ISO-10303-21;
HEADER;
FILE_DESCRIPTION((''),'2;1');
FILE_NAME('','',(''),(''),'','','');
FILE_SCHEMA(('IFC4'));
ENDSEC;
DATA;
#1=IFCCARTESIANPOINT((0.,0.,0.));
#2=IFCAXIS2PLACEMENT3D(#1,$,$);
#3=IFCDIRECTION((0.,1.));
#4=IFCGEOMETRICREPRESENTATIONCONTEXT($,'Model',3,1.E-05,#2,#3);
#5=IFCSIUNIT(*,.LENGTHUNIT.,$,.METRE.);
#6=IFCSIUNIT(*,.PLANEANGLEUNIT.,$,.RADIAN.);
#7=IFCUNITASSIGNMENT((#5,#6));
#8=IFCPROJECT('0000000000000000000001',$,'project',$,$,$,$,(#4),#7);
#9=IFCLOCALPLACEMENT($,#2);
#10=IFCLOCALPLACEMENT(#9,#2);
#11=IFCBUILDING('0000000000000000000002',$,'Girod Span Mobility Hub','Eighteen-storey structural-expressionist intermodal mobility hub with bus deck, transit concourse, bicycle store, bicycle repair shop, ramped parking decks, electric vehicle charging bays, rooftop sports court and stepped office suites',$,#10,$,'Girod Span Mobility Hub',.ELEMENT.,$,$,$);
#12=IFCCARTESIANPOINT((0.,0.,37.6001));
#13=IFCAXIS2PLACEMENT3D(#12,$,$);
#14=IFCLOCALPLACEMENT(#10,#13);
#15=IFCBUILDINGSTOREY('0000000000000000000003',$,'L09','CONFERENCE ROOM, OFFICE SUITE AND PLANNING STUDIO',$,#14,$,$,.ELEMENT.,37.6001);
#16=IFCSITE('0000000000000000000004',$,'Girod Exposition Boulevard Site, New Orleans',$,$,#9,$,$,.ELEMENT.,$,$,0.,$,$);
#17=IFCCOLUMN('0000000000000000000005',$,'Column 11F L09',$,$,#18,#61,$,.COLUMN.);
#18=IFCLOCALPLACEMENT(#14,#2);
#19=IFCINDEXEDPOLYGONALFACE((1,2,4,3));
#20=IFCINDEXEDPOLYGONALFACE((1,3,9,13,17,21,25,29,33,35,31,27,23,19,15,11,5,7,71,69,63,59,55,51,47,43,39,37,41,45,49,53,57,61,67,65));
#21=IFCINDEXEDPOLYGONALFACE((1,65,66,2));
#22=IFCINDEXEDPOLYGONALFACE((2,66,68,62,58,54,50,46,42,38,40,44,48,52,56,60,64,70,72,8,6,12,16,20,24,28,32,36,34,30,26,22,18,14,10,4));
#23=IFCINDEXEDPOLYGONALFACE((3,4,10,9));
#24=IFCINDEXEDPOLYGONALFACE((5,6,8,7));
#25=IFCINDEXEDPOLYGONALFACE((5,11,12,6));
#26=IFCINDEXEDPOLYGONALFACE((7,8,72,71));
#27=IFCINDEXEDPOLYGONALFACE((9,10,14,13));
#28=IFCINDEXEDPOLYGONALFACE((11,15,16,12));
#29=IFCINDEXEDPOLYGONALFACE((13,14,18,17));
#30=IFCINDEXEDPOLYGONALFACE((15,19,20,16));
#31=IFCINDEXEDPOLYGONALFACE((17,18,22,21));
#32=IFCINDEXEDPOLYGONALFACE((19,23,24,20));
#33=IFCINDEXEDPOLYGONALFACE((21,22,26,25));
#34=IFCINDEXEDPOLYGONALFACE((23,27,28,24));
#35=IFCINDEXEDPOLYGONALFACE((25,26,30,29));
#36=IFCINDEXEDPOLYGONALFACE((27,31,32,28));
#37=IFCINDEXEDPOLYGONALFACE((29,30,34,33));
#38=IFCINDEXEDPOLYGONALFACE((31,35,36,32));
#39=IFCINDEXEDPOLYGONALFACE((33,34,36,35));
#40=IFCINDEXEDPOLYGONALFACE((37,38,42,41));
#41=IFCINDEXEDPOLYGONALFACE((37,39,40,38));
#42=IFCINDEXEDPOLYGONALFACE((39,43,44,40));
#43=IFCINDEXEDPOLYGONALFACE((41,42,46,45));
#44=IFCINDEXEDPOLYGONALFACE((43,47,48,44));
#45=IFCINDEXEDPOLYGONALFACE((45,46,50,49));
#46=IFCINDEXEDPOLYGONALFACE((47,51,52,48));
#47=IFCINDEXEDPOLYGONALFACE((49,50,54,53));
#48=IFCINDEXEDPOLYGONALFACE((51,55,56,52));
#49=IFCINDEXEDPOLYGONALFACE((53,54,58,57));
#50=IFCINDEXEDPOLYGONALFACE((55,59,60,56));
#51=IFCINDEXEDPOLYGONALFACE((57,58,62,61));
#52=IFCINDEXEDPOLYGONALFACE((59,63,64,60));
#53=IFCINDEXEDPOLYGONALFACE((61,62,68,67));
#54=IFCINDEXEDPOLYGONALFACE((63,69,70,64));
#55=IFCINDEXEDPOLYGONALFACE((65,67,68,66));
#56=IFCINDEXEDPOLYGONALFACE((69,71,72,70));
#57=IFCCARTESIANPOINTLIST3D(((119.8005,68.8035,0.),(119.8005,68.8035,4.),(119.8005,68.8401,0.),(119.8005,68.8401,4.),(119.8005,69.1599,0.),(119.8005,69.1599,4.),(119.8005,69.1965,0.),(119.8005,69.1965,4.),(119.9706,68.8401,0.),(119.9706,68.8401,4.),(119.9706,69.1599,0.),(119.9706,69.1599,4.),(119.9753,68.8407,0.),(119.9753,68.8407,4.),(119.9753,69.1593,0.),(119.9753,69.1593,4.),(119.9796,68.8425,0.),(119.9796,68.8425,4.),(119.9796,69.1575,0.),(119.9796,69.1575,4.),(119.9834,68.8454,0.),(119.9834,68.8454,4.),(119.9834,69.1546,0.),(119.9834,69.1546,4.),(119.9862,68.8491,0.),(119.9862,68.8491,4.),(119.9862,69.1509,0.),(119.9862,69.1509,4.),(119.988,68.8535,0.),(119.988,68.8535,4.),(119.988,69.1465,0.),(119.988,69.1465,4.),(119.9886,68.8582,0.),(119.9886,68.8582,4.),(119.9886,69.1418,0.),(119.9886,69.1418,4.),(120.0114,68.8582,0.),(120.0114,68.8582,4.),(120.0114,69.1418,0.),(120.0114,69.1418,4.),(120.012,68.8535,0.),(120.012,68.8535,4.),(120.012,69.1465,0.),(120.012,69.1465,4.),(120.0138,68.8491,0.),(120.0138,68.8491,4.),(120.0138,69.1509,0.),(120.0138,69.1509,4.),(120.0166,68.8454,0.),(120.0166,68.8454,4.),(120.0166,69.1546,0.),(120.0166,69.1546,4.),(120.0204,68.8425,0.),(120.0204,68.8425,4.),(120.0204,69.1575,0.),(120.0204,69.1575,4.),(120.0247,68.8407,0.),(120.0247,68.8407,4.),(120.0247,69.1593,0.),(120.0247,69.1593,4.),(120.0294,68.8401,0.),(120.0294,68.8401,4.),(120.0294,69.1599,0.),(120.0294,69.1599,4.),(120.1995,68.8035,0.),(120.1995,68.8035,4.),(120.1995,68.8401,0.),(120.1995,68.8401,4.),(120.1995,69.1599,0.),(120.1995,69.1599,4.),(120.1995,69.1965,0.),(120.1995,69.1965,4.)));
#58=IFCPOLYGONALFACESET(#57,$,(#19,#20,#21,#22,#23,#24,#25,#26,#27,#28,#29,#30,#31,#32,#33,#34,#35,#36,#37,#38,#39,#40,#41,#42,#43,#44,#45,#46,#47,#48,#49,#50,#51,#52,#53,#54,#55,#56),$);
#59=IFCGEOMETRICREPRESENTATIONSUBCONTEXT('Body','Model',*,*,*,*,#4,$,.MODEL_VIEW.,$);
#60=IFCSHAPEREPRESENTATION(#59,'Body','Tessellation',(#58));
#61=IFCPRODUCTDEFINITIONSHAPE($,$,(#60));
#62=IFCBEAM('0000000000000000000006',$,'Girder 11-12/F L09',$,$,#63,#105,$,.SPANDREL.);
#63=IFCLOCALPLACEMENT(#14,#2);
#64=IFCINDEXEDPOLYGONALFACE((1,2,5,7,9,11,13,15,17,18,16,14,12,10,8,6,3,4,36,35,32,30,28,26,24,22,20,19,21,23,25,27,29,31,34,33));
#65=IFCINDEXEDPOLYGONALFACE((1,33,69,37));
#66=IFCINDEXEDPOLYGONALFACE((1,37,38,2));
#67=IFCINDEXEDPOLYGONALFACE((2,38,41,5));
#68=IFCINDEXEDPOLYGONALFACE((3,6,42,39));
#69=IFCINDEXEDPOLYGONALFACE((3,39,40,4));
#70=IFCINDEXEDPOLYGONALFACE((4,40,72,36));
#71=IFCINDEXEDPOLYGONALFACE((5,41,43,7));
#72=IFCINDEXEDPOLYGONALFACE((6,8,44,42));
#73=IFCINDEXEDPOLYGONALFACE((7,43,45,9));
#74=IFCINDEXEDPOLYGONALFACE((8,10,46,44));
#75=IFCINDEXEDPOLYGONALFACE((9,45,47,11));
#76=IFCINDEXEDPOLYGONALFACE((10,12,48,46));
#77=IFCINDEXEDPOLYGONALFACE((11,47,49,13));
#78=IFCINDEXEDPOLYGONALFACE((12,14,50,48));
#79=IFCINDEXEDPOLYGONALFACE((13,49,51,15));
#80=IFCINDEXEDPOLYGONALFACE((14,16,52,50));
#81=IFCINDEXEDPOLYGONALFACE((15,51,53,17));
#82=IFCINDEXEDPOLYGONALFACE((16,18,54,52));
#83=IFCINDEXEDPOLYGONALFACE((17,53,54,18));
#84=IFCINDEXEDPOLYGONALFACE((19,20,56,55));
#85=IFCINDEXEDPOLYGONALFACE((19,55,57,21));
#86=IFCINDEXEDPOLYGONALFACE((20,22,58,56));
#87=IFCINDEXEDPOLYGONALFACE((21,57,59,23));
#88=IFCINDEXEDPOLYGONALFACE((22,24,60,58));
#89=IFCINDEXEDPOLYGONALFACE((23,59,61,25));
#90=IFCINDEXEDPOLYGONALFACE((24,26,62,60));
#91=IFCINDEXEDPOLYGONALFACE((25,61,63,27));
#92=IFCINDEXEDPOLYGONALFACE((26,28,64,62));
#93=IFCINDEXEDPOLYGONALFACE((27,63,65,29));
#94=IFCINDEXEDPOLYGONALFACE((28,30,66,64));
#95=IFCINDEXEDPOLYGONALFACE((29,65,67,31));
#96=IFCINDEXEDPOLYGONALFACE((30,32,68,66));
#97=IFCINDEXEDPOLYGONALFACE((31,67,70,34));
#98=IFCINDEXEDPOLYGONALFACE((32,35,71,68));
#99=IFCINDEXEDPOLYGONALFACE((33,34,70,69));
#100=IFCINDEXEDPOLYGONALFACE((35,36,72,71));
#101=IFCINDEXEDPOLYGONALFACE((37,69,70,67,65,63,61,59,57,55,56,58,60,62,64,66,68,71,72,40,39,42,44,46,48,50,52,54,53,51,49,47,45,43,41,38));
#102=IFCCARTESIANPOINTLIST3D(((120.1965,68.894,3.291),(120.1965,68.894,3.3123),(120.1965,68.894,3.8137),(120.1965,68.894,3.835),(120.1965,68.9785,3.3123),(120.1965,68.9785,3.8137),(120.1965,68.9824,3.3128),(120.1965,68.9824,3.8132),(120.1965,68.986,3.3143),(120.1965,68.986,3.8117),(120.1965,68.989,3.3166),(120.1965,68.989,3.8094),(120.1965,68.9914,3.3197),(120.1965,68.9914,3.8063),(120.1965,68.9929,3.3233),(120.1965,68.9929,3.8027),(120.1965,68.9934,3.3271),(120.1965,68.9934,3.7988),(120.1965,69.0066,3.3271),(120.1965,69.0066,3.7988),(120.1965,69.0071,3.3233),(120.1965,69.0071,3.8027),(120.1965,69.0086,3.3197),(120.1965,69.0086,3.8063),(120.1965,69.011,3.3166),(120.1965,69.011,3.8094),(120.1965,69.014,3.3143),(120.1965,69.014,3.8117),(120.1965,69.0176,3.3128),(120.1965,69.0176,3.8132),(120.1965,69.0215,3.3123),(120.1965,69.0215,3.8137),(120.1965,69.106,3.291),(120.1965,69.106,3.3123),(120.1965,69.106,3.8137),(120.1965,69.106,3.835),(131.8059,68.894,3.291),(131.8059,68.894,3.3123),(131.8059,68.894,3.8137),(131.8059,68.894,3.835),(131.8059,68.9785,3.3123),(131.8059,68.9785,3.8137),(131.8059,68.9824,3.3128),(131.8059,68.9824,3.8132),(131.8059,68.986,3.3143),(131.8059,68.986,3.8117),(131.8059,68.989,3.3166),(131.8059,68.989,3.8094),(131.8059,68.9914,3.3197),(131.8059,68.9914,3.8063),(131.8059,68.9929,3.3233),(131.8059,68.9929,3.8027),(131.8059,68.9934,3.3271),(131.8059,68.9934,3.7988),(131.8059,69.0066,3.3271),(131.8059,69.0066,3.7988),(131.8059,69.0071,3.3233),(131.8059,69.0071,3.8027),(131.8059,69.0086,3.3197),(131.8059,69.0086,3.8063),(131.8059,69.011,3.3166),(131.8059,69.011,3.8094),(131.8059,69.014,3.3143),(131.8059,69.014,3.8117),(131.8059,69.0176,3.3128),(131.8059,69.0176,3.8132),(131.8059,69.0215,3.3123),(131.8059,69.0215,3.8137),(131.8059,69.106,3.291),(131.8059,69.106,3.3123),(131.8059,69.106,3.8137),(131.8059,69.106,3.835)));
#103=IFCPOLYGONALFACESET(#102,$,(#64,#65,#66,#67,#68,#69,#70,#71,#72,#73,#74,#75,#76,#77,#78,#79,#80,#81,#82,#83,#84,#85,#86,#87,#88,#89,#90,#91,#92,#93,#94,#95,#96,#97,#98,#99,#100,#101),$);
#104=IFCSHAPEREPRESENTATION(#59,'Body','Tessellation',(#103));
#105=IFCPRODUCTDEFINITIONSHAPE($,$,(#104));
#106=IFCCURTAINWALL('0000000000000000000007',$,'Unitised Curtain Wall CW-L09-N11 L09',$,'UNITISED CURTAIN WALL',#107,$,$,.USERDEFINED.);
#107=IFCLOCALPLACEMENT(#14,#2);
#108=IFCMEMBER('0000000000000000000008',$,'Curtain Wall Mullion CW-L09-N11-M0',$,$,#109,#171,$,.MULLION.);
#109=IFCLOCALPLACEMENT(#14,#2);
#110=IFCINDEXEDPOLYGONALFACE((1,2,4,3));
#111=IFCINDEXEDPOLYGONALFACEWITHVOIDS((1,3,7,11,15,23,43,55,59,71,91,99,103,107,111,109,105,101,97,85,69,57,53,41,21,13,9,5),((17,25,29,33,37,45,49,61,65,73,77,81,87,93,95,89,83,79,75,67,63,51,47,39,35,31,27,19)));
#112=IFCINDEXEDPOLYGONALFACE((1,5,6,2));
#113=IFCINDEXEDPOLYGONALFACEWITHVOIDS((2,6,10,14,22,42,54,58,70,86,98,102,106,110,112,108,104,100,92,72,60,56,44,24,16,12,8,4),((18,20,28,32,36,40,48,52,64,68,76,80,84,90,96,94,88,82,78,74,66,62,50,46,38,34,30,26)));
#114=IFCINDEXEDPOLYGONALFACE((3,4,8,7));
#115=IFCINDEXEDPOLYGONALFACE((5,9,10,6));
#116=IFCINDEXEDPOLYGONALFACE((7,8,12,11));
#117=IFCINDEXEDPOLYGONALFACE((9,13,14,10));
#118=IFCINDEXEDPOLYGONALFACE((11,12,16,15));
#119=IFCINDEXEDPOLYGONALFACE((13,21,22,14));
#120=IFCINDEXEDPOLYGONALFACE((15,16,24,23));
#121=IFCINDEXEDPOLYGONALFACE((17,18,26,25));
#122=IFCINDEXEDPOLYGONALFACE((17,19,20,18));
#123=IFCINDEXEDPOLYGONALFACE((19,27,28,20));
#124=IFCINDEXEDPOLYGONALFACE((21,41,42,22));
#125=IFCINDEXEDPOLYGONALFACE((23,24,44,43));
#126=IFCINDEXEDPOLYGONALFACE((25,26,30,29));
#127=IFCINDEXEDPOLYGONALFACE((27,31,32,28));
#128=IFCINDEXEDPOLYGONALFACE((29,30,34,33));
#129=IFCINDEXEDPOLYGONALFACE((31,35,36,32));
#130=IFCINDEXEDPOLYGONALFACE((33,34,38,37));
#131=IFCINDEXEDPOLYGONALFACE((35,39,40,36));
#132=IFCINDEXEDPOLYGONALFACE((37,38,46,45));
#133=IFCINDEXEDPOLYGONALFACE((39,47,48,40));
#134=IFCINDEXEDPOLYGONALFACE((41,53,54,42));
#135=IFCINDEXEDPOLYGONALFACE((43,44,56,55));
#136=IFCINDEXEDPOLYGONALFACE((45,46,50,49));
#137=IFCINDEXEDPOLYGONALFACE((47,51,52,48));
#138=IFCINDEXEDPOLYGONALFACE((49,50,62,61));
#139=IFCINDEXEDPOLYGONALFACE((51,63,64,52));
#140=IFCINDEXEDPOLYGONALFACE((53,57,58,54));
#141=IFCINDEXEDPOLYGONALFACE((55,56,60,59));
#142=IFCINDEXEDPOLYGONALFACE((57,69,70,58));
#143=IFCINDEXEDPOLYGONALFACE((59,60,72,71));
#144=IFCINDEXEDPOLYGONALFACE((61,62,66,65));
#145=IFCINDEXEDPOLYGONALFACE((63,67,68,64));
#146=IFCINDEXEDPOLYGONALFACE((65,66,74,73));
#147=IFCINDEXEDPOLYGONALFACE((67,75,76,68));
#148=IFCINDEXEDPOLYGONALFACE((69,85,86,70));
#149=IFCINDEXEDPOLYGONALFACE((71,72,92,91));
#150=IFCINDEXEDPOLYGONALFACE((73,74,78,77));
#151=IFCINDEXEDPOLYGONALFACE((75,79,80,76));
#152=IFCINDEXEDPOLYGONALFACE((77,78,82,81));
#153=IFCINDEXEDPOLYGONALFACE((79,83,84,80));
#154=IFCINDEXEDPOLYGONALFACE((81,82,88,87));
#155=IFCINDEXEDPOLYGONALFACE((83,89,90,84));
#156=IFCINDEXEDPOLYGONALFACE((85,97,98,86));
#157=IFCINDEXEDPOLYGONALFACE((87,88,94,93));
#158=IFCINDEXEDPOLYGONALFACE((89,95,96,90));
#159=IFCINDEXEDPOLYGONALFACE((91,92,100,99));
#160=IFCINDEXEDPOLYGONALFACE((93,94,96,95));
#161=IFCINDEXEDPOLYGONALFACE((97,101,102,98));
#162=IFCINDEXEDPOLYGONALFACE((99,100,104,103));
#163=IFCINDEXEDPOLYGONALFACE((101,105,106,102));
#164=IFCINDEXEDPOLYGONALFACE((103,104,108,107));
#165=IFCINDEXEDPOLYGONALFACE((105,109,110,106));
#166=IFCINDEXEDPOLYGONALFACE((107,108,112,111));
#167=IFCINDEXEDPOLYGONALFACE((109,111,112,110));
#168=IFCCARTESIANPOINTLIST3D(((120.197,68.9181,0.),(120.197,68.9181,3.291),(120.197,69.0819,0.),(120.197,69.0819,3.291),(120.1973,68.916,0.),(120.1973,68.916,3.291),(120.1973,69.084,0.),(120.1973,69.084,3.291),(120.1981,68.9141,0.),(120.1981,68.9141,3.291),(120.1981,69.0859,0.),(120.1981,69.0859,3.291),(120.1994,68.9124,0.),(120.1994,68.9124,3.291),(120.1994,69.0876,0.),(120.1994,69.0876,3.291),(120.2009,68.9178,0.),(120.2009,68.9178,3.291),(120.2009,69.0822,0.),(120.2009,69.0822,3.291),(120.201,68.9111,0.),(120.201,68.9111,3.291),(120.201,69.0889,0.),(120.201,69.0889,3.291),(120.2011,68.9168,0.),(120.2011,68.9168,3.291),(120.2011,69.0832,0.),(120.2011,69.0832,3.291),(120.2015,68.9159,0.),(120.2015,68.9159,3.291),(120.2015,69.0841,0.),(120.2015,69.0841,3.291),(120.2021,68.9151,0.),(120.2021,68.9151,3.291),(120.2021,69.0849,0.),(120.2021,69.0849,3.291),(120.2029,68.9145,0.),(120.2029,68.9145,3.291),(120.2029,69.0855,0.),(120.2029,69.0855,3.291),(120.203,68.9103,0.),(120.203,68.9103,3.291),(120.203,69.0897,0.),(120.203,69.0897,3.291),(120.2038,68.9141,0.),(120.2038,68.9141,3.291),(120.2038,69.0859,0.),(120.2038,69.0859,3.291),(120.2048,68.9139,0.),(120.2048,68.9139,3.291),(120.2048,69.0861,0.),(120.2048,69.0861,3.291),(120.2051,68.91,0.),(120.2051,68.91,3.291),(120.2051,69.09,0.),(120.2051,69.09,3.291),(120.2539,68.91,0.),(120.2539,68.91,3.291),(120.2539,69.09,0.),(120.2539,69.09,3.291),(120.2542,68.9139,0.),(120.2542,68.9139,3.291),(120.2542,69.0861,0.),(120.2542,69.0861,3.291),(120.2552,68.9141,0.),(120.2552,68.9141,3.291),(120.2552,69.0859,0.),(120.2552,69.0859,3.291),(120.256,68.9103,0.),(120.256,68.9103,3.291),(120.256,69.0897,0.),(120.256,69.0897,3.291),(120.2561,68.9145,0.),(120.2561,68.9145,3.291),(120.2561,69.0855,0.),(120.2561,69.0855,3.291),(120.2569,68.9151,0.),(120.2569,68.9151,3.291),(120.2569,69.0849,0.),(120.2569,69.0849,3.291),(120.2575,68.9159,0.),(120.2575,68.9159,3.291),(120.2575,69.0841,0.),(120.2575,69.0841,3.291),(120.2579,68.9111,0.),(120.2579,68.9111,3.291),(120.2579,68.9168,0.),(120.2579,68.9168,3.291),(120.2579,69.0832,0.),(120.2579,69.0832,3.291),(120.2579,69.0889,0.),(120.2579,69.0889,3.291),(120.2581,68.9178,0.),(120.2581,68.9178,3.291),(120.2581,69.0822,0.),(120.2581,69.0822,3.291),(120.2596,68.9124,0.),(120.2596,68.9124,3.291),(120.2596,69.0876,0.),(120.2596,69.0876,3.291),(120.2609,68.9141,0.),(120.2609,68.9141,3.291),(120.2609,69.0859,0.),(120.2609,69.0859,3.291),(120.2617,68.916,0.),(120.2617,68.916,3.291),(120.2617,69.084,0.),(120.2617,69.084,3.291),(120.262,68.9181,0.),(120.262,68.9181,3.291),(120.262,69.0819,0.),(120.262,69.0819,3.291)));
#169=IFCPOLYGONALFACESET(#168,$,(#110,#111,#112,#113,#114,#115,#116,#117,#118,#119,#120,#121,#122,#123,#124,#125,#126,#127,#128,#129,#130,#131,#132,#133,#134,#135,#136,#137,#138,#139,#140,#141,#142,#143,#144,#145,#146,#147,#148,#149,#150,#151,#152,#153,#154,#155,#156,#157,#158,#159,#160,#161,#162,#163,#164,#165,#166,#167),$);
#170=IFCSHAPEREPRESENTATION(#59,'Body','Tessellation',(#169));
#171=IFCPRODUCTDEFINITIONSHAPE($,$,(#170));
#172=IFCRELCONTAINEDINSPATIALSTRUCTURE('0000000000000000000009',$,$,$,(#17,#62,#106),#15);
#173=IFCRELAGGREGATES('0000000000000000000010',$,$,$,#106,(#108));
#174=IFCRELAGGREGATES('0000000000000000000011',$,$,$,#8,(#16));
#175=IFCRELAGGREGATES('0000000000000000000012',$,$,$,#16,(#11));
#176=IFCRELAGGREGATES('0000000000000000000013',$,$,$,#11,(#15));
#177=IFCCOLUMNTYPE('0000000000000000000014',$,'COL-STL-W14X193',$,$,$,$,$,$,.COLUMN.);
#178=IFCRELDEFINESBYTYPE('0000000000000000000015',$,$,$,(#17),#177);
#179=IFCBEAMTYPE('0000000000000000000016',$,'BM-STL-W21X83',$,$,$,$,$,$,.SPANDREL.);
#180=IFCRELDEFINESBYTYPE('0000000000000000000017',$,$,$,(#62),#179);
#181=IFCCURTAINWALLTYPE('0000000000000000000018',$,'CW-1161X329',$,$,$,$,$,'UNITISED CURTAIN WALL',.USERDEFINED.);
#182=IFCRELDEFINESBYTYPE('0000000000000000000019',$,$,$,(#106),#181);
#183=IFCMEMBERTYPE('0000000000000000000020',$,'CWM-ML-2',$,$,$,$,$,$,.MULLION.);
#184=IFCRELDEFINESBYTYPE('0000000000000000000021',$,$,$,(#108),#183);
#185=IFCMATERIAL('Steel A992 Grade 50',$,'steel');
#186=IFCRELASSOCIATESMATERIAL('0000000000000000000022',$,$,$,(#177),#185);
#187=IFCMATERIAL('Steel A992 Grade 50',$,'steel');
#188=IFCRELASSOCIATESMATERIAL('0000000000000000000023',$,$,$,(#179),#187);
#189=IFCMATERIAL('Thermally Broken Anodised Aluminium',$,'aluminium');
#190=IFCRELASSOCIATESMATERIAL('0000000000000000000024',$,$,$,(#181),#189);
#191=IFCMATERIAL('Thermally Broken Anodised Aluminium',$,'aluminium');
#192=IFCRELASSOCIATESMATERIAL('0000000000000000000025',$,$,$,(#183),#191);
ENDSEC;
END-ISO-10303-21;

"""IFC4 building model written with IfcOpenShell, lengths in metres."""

from ifc_helpers import new_model, si_unit, direction, frame, origin, origin_2d, place, context, subcontext, project, spatial, hollow_rectangle, i_section, extrude, material, material_profile, profile_set, type_object, element, aggregate, save


model = new_model("IFC4")

# Units and contexts
model_context = context("Model", 3, precision=1e-05, world=origin(), true_north=direction((0.0, 1.0)))
body_context = subcontext(model_context, "Body", "Model", "MODEL_VIEW")
ifc_project = project(units=[si_unit("LENGTHUNIT", "METRE"), si_unit("PLANEANGLEUNIT", "RADIAN")], contexts=[model_context])

# Site, building, storey
site_placement = place(None, origin())
site = spatial("IfcSite", under=ifc_project, at=site_placement, Name="Girod Exposition Boulevard Site, New Orleans", CompositionType="ELEMENT", RefElevation=0.0)
building_placement = place(site_placement, origin())
building = spatial("IfcBuilding", under=site, at=building_placement, Name="Girod Span Mobility Hub", Description="Eighteen-storey structural-expressionist intermodal mobility hub with bus deck, transit concourse, bicycle store, bicycle repair shop, ramped parking decks, electric vehicle charging bays, rooftop sports court and stepped office suites", LongName="Girod Span Mobility Hub", CompositionType="ELEMENT")
storey_placement = place(building_placement, frame((0.0, 0.0, 37.6001)))
storey = spatial("IfcBuildingStorey", under=building, at=storey_placement, Name="L09", Description="CONFERENCE ROOM, OFFICE SUITE AND PLANNING STUDIO", CompositionType="ELEMENT", Elevation=37.6001)

# Column
ifc_material_1 = material(Name="Steel A992 Grade 50", Category="steel")
ifc_material_profile_1 = material_profile(ifc_material_1, i_section(OverallWidth=0.3989, OverallDepth=0.3931, WebThickness=0.0227, FlangeThickness=0.0366, FilletRadius=0.0181, at=origin_2d()), Name="W14X193")
ifc_profile_set_1 = profile_set([ifc_material_profile_1], Name="Steel A992 Grade 50")
column_type = type_object("IfcColumnType", Name="COL-STL-W14X193", PredefinedType="COLUMN", material=ifc_profile_set_1)
column_placement = place(storey_placement, frame((120.0, 69.0, 0.0), z_axis=(0.0, 0.0, 1.0), x_axis=(1.0, 0.0, 0.0)))
element("IfcColumn", 1, at=column_placement, inside=storey, type_object=column_type, Name="Column 11F L09", PredefinedType="COLUMN", context=body_context, shape_type="SweptSolid", body=[
    extrude(i_section(OverallWidth=0.3989, OverallDepth=0.3931, WebThickness=0.0227, FlangeThickness=0.0366, FilletRadius=0.0181, at=origin_2d()), origin(), (0.0, 0.0, 1.0), 4.0),
])

# Beam
ifc_material_2 = material(Name="Steel A992 Grade 50", Category="steel")
ifc_material_profile_2 = material_profile(ifc_material_2, i_section(OverallWidth=0.2119, OverallDepth=0.5439, WebThickness=0.0132, FlangeThickness=0.0212, FilletRadius=0.0149, at=origin_2d()), Name="W21X83")
ifc_profile_set_2 = profile_set([ifc_material_profile_2], Name="Steel A992 Grade 50")
beam_type = type_object("IfcBeamType", Name="BM-STL-W21X83", PredefinedType="SPANDREL", material=ifc_profile_set_2)
beam_placement = place(storey_placement, frame((120.1965, 69.0, 3.563), z_axis=(1.0, 0.0, 0.0), x_axis=(0.0, 1.0, 0.0)))
element("IfcBeam", 2, at=beam_placement, inside=storey, type_object=beam_type, Name="Girder 11-12/F L09", PredefinedType="SPANDREL", context=body_context, shape_type="SweptSolid", body=[
    extrude(i_section(OverallWidth=0.2119, OverallDepth=0.5439, WebThickness=0.0132, FlangeThickness=0.0212, FilletRadius=0.0149, at=origin_2d()), origin(), (0.0, 0.0, 1.0), 11.6094),
])

# Curtain wall, member
ifc_material_3 = material(Name="Thermally Broken Anodised Aluminium", Category="aluminium")
curtain_wall_type = type_object("IfcCurtainWallType", Name="CW-1161X329", ElementType="UNITISED CURTAIN WALL", PredefinedType="USERDEFINED", material=ifc_material_3)
curtain_wall_placement = place(storey_placement, origin())
curtain_wall = element("IfcCurtainWall", 3, at=curtain_wall_placement, inside=storey, type_object=curtain_wall_type, Name="Unitised Curtain Wall CW-L09-N11 L09", ObjectType="UNITISED CURTAIN WALL", PredefinedType="USERDEFINED")
ifc_material_4 = material(Name="Thermally Broken Anodised Aluminium", Category="aluminium")
ifc_material_profile_3 = material_profile(ifc_material_4, hollow_rectangle(XDim=0.1799, YDim=0.0649, WallThickness=0.0039, InnerFilletRadius=0.0039, OuterFilletRadius=0.0081, at=origin_2d()), Name="CW-ML-65X180")
ifc_profile_set_3 = profile_set([ifc_material_profile_3], Name="Thermally Broken Anodised Aluminium")
member_type_1 = type_object("IfcMemberType", Name="CWM-ML-2", PredefinedType="MULLION", material=ifc_profile_set_3)
member_1_placement = place(storey_placement, frame((120.2295, 69.0, 0.0), z_axis=(0.0, 0.0, 1.0), x_axis=(0.0, 1.0, 0.0)))
member_1 = element("IfcMember", 4, at=member_1_placement, type_object=member_type_1, Name="Curtain Wall Mullion CW-L09-N11-M0", PredefinedType="MULLION", context=body_context, shape_type="SweptSolid", body=[
    extrude(hollow_rectangle(XDim=0.1799, YDim=0.0649, WallThickness=0.0039, InnerFilletRadius=0.0039, OuterFilletRadius=0.0081, at=origin_2d()), origin(), (0.0, 0.0, 1.0), 3.291),
])

aggregate(curtain_wall, [member_1])

save(model, "model.ifc")
